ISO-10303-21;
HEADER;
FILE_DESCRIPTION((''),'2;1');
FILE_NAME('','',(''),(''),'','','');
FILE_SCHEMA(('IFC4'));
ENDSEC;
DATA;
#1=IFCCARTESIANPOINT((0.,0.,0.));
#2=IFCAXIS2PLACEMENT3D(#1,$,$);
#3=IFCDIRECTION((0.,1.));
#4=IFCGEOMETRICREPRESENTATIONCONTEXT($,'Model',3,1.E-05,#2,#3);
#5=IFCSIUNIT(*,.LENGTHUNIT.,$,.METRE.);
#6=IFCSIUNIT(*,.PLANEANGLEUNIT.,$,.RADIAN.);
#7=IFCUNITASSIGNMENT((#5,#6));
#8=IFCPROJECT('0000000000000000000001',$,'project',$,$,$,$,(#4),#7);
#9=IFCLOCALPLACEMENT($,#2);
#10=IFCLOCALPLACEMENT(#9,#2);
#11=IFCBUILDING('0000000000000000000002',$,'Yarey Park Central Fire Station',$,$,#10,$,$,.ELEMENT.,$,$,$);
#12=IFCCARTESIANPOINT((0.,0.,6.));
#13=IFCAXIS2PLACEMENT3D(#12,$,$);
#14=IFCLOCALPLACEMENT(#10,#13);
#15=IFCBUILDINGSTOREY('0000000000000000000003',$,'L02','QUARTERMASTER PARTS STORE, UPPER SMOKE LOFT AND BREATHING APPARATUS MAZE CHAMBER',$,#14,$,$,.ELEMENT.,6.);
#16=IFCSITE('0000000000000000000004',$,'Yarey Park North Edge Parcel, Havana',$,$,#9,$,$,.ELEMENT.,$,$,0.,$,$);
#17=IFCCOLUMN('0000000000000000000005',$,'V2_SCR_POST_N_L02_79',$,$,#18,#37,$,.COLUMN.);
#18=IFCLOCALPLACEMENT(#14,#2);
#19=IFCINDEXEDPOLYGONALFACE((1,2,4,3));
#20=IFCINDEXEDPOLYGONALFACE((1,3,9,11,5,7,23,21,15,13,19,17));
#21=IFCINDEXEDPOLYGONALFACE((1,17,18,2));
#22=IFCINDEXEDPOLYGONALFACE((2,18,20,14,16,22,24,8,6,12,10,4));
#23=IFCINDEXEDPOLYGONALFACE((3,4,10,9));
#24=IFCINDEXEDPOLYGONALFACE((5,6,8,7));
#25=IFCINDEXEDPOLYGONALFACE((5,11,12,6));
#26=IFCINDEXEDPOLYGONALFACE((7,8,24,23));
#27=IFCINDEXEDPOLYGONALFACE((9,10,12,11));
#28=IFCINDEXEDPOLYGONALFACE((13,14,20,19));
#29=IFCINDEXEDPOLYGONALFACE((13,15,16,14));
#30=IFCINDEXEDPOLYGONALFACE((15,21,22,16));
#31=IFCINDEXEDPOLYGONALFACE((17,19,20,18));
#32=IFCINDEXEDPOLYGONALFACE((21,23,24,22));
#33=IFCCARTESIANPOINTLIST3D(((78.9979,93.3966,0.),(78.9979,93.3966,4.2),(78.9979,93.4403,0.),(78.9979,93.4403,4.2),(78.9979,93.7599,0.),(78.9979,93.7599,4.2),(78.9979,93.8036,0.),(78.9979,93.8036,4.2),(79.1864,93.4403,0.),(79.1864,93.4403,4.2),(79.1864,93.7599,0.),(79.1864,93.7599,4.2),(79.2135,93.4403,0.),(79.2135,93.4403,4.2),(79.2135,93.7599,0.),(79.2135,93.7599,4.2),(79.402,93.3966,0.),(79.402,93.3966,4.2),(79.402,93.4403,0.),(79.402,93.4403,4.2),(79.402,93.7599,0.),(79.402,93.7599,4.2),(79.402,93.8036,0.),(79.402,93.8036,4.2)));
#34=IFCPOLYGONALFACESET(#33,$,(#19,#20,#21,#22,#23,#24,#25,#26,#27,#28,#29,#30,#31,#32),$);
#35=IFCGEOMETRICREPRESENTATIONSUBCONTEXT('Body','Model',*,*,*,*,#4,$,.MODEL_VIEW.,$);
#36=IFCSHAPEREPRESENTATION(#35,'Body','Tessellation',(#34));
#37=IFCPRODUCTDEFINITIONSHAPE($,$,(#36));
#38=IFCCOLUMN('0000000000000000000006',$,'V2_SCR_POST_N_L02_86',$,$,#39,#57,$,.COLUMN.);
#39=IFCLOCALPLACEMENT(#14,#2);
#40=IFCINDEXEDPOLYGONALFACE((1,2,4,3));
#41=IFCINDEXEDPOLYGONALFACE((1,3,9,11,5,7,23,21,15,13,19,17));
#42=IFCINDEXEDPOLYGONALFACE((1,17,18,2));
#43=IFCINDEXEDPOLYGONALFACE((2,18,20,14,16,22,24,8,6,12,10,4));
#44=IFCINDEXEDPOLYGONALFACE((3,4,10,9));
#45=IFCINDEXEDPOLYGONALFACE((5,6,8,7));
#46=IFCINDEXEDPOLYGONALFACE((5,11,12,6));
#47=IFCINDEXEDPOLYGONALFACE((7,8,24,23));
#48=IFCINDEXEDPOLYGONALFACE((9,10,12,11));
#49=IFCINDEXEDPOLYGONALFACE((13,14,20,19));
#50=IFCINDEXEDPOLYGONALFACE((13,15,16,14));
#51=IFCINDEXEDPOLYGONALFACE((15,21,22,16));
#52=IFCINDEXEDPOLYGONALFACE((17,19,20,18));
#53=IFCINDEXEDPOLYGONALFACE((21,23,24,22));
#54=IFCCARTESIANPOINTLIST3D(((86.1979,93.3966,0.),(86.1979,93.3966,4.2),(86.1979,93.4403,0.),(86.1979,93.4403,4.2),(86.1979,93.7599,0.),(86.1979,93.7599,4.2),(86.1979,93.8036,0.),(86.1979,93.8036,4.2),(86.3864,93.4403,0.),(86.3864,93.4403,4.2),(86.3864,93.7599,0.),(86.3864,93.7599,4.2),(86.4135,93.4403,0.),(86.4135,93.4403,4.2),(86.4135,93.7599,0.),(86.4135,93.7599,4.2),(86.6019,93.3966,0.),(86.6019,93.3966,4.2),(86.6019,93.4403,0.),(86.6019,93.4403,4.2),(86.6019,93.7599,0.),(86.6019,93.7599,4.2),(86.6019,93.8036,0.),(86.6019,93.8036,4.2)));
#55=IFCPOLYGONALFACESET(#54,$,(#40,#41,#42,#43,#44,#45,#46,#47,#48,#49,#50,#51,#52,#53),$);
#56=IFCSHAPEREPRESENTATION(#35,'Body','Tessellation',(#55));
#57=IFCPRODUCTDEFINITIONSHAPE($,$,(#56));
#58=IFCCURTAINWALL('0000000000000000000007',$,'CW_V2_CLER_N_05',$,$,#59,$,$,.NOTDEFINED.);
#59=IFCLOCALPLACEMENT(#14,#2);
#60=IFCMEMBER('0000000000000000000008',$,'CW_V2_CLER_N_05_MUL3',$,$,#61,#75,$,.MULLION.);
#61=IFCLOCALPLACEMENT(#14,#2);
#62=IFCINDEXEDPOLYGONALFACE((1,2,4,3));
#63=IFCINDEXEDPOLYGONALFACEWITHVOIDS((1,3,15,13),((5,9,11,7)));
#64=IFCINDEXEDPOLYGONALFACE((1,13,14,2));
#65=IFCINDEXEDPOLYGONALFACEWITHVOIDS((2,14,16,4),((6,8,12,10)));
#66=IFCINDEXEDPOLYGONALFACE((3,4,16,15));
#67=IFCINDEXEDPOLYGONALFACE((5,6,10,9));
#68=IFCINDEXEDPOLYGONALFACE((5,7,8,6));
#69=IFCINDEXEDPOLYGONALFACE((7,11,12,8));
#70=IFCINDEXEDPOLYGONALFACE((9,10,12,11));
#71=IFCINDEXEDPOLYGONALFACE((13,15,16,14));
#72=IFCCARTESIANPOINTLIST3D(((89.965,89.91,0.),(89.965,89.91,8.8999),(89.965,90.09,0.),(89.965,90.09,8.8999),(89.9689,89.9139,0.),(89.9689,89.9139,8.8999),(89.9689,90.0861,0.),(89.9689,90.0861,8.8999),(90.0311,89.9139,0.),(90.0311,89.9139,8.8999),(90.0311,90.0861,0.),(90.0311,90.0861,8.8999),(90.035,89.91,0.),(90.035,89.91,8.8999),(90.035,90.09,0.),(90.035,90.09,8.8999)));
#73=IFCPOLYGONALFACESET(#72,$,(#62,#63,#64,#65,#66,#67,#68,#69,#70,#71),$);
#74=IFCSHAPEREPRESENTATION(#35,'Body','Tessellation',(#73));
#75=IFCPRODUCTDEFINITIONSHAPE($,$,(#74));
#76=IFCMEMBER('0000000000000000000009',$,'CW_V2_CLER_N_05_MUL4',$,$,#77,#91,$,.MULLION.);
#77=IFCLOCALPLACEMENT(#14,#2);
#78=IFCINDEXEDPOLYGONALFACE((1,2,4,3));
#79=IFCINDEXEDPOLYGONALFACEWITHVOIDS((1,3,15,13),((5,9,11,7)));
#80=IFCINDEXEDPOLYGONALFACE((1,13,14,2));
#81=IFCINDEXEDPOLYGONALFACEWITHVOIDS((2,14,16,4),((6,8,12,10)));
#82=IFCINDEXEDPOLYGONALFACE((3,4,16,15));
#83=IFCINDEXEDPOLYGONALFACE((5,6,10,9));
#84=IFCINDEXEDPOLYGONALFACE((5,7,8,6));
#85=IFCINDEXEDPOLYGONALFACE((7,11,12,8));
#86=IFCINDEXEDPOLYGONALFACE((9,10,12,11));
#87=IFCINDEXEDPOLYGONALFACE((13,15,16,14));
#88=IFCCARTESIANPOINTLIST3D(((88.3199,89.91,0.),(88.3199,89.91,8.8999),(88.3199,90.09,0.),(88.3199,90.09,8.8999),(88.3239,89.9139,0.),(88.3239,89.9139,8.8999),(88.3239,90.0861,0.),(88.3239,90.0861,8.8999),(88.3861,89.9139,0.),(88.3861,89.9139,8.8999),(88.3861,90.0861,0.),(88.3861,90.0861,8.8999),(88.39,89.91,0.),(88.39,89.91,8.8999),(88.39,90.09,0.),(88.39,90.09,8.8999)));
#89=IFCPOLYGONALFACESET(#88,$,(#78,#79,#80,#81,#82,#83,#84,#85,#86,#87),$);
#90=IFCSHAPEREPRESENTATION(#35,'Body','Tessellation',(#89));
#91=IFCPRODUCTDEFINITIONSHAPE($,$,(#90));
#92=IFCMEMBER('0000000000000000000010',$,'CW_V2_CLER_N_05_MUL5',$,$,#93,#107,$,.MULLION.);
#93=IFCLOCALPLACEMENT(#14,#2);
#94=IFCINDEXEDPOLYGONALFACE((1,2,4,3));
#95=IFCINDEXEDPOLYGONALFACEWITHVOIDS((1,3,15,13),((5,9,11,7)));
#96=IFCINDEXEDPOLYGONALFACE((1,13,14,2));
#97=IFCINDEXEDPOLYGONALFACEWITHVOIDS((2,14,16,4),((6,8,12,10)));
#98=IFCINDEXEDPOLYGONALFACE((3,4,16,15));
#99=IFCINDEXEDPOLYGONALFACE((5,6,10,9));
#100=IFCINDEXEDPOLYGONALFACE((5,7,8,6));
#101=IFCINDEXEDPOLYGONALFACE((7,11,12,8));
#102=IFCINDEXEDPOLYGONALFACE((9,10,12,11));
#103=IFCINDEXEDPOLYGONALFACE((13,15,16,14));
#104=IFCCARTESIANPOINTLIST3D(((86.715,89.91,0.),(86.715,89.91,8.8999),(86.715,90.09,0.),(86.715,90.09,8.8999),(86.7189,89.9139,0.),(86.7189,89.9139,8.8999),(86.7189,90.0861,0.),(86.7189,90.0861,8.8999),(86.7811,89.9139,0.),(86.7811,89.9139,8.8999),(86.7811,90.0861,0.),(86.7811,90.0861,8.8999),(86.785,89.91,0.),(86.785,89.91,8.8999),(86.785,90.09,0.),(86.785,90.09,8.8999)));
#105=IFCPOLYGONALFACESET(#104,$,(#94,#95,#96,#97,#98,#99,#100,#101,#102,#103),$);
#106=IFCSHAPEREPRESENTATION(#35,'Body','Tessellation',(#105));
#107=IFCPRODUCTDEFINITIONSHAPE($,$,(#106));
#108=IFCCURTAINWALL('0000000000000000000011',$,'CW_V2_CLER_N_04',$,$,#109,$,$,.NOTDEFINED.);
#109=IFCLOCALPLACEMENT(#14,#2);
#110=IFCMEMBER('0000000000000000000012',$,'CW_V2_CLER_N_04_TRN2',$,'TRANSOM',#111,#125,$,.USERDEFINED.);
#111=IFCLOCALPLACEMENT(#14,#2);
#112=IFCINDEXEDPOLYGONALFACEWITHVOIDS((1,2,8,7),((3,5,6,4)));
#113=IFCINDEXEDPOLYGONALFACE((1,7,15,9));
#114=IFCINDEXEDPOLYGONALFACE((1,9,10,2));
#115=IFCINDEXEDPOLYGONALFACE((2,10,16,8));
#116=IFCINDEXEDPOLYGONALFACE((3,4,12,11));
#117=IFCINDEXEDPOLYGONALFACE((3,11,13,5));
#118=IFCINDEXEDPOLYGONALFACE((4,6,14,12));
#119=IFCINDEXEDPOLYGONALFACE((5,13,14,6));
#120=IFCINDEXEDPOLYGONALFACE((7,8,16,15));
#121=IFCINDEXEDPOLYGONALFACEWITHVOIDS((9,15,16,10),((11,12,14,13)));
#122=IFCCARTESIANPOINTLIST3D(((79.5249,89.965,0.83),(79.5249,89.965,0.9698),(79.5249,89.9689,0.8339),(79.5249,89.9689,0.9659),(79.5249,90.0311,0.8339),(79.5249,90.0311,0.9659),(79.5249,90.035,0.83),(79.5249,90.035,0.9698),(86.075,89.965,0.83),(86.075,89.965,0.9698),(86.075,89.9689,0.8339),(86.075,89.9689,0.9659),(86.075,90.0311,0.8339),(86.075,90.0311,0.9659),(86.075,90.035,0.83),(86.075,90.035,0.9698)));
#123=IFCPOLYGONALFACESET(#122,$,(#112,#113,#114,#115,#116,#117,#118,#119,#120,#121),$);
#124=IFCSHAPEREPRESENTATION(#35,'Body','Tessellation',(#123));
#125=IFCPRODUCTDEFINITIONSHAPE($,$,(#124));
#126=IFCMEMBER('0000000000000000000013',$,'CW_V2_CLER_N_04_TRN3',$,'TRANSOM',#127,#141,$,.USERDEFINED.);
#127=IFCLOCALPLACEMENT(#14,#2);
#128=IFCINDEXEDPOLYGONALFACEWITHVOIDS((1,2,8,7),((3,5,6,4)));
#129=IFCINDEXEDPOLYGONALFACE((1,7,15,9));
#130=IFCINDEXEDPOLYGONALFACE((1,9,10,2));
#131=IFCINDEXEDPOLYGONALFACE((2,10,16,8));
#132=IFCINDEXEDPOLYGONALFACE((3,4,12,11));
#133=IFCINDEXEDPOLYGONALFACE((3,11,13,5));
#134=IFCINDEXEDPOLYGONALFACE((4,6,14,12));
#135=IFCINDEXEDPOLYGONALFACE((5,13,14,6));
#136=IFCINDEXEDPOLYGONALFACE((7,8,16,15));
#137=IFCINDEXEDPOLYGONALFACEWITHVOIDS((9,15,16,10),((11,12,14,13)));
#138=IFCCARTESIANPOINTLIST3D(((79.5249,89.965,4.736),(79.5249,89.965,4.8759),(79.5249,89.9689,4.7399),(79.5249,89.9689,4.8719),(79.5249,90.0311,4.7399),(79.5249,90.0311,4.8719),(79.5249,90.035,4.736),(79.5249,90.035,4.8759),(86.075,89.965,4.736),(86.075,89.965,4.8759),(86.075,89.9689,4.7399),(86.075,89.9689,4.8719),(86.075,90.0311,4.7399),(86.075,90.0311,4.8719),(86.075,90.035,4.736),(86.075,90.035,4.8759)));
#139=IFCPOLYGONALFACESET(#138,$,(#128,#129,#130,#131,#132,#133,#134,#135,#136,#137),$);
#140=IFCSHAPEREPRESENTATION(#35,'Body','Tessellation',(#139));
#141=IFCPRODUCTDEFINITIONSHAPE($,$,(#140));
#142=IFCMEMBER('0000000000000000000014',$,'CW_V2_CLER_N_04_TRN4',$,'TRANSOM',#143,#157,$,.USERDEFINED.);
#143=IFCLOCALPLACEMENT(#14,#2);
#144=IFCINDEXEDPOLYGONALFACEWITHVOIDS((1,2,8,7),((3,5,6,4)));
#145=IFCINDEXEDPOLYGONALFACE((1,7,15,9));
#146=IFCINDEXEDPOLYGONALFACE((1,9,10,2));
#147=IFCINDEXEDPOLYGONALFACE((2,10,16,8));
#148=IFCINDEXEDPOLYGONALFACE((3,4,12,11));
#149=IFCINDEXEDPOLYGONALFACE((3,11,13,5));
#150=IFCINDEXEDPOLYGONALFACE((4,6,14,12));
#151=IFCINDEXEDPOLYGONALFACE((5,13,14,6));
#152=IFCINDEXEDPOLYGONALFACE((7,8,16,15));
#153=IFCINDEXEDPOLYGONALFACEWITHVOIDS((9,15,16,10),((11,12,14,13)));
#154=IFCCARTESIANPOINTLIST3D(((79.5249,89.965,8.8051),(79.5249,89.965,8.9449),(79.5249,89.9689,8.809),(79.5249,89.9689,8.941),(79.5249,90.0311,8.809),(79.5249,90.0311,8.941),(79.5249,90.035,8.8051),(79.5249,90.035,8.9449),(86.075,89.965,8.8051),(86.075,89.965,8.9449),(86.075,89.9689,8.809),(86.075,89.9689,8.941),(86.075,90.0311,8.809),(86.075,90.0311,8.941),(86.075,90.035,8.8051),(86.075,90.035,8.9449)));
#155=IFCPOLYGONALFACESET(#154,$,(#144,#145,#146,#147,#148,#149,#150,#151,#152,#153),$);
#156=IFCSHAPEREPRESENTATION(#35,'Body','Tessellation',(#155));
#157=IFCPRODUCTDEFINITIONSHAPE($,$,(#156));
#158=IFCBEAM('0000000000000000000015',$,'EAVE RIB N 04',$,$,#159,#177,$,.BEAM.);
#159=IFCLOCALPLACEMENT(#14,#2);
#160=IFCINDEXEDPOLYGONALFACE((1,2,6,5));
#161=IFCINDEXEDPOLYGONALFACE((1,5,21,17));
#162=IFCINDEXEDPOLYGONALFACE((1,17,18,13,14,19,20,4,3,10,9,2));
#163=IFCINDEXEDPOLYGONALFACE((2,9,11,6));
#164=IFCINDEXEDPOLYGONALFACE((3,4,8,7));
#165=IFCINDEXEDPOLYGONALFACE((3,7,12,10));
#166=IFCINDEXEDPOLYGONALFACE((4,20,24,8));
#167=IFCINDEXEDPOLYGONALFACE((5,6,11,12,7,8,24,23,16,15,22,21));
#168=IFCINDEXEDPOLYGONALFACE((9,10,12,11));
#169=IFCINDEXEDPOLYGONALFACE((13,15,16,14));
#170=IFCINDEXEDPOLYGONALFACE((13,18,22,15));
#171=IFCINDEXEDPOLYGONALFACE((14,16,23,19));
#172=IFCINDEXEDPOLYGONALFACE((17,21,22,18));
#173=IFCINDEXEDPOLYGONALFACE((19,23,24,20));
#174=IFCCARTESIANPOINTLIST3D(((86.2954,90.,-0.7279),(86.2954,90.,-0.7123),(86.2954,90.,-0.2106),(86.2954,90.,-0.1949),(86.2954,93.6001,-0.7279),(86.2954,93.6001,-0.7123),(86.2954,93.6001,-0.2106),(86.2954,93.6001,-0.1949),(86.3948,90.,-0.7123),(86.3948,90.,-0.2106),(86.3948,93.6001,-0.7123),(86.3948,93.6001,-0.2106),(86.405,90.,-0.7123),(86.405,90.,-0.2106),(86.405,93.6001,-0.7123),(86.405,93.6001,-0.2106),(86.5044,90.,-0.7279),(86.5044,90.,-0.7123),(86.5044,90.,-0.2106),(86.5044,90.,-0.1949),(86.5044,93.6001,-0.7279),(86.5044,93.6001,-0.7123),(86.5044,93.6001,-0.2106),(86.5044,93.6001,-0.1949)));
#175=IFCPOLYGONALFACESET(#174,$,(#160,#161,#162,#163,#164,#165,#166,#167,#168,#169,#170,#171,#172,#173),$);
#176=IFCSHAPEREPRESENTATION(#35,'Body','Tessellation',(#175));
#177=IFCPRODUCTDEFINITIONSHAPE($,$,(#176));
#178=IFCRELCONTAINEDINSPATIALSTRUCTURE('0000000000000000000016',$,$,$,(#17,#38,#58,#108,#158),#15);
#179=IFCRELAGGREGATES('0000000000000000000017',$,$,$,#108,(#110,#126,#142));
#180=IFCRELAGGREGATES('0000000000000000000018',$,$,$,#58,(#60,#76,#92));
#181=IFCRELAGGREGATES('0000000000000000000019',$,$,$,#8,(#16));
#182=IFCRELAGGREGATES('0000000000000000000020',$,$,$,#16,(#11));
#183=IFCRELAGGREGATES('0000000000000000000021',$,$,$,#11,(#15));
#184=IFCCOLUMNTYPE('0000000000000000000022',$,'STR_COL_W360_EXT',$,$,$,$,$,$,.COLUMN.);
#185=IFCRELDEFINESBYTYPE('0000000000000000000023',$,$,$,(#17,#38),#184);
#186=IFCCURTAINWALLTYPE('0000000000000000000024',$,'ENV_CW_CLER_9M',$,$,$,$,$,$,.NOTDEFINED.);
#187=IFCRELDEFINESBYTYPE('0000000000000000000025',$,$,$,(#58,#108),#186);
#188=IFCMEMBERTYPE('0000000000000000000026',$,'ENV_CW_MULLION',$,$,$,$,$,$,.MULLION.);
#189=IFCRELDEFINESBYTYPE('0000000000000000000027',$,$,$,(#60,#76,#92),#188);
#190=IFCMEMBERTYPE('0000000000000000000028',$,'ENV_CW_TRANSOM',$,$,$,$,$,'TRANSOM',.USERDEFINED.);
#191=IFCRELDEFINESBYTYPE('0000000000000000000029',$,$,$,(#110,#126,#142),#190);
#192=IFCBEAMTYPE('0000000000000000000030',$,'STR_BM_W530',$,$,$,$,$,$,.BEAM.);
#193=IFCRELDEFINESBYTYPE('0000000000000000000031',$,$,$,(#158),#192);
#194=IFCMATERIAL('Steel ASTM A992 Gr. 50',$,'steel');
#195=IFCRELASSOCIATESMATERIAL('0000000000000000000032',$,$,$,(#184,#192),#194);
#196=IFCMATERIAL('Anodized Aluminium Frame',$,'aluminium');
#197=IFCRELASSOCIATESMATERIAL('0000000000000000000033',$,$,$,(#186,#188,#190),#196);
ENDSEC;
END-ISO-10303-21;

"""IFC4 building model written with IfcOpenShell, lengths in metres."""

from ifc_helpers import new_model, si_unit, direction, frame, origin, origin_2d, place, context, subcontext, project, spatial, hollow_rectangle, i_section, extrude, material, material_profile, profile_set, type_object, element, aggregate, save


model = new_model("IFC4")

# Units and contexts
model_context = context("Model", 3, precision=1e-05, world=origin(), true_north=direction((0.0, 1.0)))
body_context = subcontext(model_context, "Body", "Model", "MODEL_VIEW")
ifc_project = project(units=[si_unit("LENGTHUNIT", "METRE"), si_unit("PLANEANGLEUNIT", "RADIAN")], contexts=[model_context])

# Site, building, storey
site_placement = place(None, origin())
site = spatial("IfcSite", under=ifc_project, at=site_placement, Name="Yarey Park North Edge Parcel, Havana", CompositionType="ELEMENT", RefElevation=0.0)
building_placement = place(site_placement, origin())
building = spatial("IfcBuilding", under=site, at=building_placement, Name="Yarey Park Central Fire Station", CompositionType="ELEMENT")
storey_placement = place(building_placement, frame((0.0, 0.0, 6.0)))
storey = spatial("IfcBuildingStorey", under=building, at=storey_placement, Name="L02", Description="QUARTERMASTER PARTS STORE, UPPER SMOKE LOFT AND BREATHING APPARATUS MAZE CHAMBER", CompositionType="ELEMENT", Elevation=6.0)

# Columns
ifc_material_1 = material(Name="Steel ASTM A992 Gr. 50", Category="steel")
ifc_material_profile_1 = material_profile(ifc_material_1, i_section(OverallWidth=0.4041, OverallDepth=0.407, WebThickness=0.0271, FlangeThickness=0.0437, at=origin_2d()), Name="W360x347")
ifc_profile_set_1 = profile_set([ifc_material_profile_1], Name="Steel ASTM A992 Gr. 50")
column_type = type_object("IfcColumnType", Name="STR_COL_W360_EXT", PredefinedType="COLUMN", material=ifc_profile_set_1)
for number, where, z_axis, x_axis, name in (
    (1, (79.2, 93.6001, 0.0), (0.0, 0.0, 1.0), (1.0, 0.0, 0.0), "V2_SCR_POST_N_L02_79"),
    (2, (86.3999, 93.6001, 0.0), (0.0, 0.0, 1.0), (1.0, 0.0, 0.0), "V2_SCR_POST_N_L02_86"),
):
    element("IfcColumn", number, at=place(storey_placement, frame(where, z_axis=z_axis, x_axis=x_axis)), inside=storey, type_object=column_type, Name=name, PredefinedType="COLUMN", context=body_context, shape_type="SweptSolid", body=[
        extrude(i_section(OverallWidth=0.4041, OverallDepth=0.407, WebThickness=0.0271, FlangeThickness=0.0437, at=origin_2d()), origin(), (0.0, 0.0, 1.0), 4.2),
    ])

# Curtain walls, members
ifc_material_2 = material(Name="Anodized Aluminium Frame", Category="aluminium")
curtain_wall_type = type_object("IfcCurtainWallType", Name="ENV_CW_CLER_9M", PredefinedType="NOTDEFINED", material=ifc_material_2)
curtain_wall_1_placement = place(storey_placement, origin())
curtain_wall_1 = element("IfcCurtainWall", 3, at=curtain_wall_1_placement, inside=storey, type_object=curtain_wall_type, Name="CW_V2_CLER_N_05", PredefinedType="NOTDEFINED")
ifc_material_profile_2 = material_profile(ifc_material_2, hollow_rectangle(XDim=0.0701, YDim=0.1799, WallThickness=0.0039, at=origin_2d()), Name="ALU 180x70x4")
ifc_profile_set_2 = profile_set([ifc_material_profile_2], Name="Anodized Aluminium Frame")
member_type_1 = type_object("IfcMemberType", Name="ENV_CW_MULLION", PredefinedType="MULLION", material=ifc_profile_set_2)
member_1_placement = place(storey_placement, frame((90.0, 90.0, 0.0), z_axis=(0.0, 0.0, 1.0), x_axis=(1.0, 0.0, 0.0)))
member_1 = element("IfcMember", 4, at=member_1_placement, type_object=member_type_1, Name="CW_V2_CLER_N_05_MUL3", PredefinedType="MULLION", context=body_context, shape_type="SweptSolid", body=[
    extrude(hollow_rectangle(XDim=0.0701, YDim=0.1799, WallThickness=0.0039, at=origin_2d()), origin(), (0.0, 0.0, 1.0), 8.8999),
])
member_2_placement = place(storey_placement, frame((88.355, 90.0, 0.0), z_axis=(0.0, 0.0, 1.0), x_axis=(1.0, 0.0, 0.0)))
member_2 = element("IfcMember", 5, at=member_2_placement, type_object=member_type_1, Name="CW_V2_CLER_N_05_MUL4", PredefinedType="MULLION", context=body_context, shape_type="SweptSolid", body=[
    extrude(hollow_rectangle(XDim=0.0701, YDim=0.1799, WallThickness=0.0039, at=origin_2d()), origin(), (0.0, 0.0, 1.0), 8.8999),
])
member_3_placement = place(storey_placement, frame((86.75, 90.0, 0.0), z_axis=(0.0, 0.0, 1.0), x_axis=(1.0, 0.0, 0.0)))
member_3 = element("IfcMember", 6, at=member_3_placement, type_object=member_type_1, Name="CW_V2_CLER_N_05_MUL5", PredefinedType="MULLION", context=body_context, shape_type="SweptSolid", body=[
    extrude(hollow_rectangle(XDim=0.0701, YDim=0.1799, WallThickness=0.0039, at=origin_2d()), origin(), (0.0, 0.0, 1.0), 8.8999),
])
curtain_wall_2_placement = place(storey_placement, origin())
curtain_wall_2 = element("IfcCurtainWall", 7, at=curtain_wall_2_placement, inside=storey, type_object=curtain_wall_type, Name="CW_V2_CLER_N_04", PredefinedType="NOTDEFINED")
ifc_material_profile_3 = material_profile(ifc_material_2, hollow_rectangle(XDim=0.0701, YDim=0.1399, WallThickness=0.0039, at=origin_2d()), Name="ALU 140x70x4")
ifc_profile_set_3 = profile_set([ifc_material_profile_3], Name="Anodized Aluminium Frame")
member_type_2 = type_object("IfcMemberType", Name="ENV_CW_TRANSOM", ElementType="TRANSOM", PredefinedType="USERDEFINED", material=ifc_profile_set_3)
member_4_placement = place(storey_placement, frame((86.075, 90.0, 0.8999), z_axis=(-1.0, 0.0, 0.0), x_axis=(0.0, -1.0, 0.0)))
member_4 = element("IfcMember", 8, at=member_4_placement, type_object=member_type_2, Name="CW_V2_CLER_N_04_TRN2", ObjectType="TRANSOM", PredefinedType="USERDEFINED", context=body_context, shape_type="SweptSolid", body=[
    extrude(hollow_rectangle(XDim=0.0701, YDim=0.1399, WallThickness=0.0039, at=origin_2d()), origin(), (0.0, 0.0, 1.0), 6.55),
])
member_5_placement = place(storey_placement, frame((86.075, 90.0, 4.8059), z_axis=(-1.0, 0.0, 0.0), x_axis=(0.0, -1.0, 0.0)))
member_5 = element("IfcMember", 9, at=member_5_placement, type_object=member_type_2, Name="CW_V2_CLER_N_04_TRN3", ObjectType="TRANSOM", PredefinedType="USERDEFINED", context=body_context, shape_type="SweptSolid", body=[
    extrude(hollow_rectangle(XDim=0.0701, YDim=0.1399, WallThickness=0.0039, at=origin_2d()), origin(), (0.0, 0.0, 1.0), 6.55),
])
member_6_placement = place(storey_placement, frame((86.075, 90.0, 8.875), z_axis=(-1.0, 0.0, 0.0), x_axis=(0.0, -1.0, 0.0)))
member_6 = element("IfcMember", 10, at=member_6_placement, type_object=member_type_2, Name="CW_V2_CLER_N_04_TRN4", ObjectType="TRANSOM", PredefinedType="USERDEFINED", context=body_context, shape_type="SweptSolid", body=[
    extrude(hollow_rectangle(XDim=0.0701, YDim=0.1399, WallThickness=0.0039, at=origin_2d()), origin(), (0.0, 0.0, 1.0), 6.55),
])
aggregate(curtain_wall_2, [member_4, member_5, member_6])

# Beam
ifc_material_profile_4 = material_profile(ifc_material_1, i_section(OverallWidth=0.209, OverallDepth=0.533, WebThickness=0.0103, FlangeThickness=0.0156, at=origin_2d()), Name="W530x92")
ifc_profile_set_4 = profile_set([ifc_material_profile_4], Name="Steel ASTM A992 Gr. 50")
beam_type_1 = type_object("IfcBeamType", Name="STR_BM_W530", PredefinedType="BEAM", material=ifc_profile_set_4)
beam_1_placement = place(storey_placement, frame((86.3999, 90.0, -0.4614), z_axis=(0.0, 1.0, 0.0), x_axis=(-1.0, 0.0, 0.0)))
element("IfcBeam", 11, at=beam_1_placement, inside=storey, type_object=beam_type_1, Name="EAVE RIB N 04", PredefinedType="BEAM", context=body_context, shape_type="SweptSolid", body=[
    extrude(i_section(OverallWidth=0.209, OverallDepth=0.533, WebThickness=0.0103, FlangeThickness=0.0156, at=origin_2d()), origin(), (0.0, 0.0, 1.0), 3.6001),
])

aggregate(curtain_wall_1, [member_1, member_2, member_3])

save(model, "model.ifc")
